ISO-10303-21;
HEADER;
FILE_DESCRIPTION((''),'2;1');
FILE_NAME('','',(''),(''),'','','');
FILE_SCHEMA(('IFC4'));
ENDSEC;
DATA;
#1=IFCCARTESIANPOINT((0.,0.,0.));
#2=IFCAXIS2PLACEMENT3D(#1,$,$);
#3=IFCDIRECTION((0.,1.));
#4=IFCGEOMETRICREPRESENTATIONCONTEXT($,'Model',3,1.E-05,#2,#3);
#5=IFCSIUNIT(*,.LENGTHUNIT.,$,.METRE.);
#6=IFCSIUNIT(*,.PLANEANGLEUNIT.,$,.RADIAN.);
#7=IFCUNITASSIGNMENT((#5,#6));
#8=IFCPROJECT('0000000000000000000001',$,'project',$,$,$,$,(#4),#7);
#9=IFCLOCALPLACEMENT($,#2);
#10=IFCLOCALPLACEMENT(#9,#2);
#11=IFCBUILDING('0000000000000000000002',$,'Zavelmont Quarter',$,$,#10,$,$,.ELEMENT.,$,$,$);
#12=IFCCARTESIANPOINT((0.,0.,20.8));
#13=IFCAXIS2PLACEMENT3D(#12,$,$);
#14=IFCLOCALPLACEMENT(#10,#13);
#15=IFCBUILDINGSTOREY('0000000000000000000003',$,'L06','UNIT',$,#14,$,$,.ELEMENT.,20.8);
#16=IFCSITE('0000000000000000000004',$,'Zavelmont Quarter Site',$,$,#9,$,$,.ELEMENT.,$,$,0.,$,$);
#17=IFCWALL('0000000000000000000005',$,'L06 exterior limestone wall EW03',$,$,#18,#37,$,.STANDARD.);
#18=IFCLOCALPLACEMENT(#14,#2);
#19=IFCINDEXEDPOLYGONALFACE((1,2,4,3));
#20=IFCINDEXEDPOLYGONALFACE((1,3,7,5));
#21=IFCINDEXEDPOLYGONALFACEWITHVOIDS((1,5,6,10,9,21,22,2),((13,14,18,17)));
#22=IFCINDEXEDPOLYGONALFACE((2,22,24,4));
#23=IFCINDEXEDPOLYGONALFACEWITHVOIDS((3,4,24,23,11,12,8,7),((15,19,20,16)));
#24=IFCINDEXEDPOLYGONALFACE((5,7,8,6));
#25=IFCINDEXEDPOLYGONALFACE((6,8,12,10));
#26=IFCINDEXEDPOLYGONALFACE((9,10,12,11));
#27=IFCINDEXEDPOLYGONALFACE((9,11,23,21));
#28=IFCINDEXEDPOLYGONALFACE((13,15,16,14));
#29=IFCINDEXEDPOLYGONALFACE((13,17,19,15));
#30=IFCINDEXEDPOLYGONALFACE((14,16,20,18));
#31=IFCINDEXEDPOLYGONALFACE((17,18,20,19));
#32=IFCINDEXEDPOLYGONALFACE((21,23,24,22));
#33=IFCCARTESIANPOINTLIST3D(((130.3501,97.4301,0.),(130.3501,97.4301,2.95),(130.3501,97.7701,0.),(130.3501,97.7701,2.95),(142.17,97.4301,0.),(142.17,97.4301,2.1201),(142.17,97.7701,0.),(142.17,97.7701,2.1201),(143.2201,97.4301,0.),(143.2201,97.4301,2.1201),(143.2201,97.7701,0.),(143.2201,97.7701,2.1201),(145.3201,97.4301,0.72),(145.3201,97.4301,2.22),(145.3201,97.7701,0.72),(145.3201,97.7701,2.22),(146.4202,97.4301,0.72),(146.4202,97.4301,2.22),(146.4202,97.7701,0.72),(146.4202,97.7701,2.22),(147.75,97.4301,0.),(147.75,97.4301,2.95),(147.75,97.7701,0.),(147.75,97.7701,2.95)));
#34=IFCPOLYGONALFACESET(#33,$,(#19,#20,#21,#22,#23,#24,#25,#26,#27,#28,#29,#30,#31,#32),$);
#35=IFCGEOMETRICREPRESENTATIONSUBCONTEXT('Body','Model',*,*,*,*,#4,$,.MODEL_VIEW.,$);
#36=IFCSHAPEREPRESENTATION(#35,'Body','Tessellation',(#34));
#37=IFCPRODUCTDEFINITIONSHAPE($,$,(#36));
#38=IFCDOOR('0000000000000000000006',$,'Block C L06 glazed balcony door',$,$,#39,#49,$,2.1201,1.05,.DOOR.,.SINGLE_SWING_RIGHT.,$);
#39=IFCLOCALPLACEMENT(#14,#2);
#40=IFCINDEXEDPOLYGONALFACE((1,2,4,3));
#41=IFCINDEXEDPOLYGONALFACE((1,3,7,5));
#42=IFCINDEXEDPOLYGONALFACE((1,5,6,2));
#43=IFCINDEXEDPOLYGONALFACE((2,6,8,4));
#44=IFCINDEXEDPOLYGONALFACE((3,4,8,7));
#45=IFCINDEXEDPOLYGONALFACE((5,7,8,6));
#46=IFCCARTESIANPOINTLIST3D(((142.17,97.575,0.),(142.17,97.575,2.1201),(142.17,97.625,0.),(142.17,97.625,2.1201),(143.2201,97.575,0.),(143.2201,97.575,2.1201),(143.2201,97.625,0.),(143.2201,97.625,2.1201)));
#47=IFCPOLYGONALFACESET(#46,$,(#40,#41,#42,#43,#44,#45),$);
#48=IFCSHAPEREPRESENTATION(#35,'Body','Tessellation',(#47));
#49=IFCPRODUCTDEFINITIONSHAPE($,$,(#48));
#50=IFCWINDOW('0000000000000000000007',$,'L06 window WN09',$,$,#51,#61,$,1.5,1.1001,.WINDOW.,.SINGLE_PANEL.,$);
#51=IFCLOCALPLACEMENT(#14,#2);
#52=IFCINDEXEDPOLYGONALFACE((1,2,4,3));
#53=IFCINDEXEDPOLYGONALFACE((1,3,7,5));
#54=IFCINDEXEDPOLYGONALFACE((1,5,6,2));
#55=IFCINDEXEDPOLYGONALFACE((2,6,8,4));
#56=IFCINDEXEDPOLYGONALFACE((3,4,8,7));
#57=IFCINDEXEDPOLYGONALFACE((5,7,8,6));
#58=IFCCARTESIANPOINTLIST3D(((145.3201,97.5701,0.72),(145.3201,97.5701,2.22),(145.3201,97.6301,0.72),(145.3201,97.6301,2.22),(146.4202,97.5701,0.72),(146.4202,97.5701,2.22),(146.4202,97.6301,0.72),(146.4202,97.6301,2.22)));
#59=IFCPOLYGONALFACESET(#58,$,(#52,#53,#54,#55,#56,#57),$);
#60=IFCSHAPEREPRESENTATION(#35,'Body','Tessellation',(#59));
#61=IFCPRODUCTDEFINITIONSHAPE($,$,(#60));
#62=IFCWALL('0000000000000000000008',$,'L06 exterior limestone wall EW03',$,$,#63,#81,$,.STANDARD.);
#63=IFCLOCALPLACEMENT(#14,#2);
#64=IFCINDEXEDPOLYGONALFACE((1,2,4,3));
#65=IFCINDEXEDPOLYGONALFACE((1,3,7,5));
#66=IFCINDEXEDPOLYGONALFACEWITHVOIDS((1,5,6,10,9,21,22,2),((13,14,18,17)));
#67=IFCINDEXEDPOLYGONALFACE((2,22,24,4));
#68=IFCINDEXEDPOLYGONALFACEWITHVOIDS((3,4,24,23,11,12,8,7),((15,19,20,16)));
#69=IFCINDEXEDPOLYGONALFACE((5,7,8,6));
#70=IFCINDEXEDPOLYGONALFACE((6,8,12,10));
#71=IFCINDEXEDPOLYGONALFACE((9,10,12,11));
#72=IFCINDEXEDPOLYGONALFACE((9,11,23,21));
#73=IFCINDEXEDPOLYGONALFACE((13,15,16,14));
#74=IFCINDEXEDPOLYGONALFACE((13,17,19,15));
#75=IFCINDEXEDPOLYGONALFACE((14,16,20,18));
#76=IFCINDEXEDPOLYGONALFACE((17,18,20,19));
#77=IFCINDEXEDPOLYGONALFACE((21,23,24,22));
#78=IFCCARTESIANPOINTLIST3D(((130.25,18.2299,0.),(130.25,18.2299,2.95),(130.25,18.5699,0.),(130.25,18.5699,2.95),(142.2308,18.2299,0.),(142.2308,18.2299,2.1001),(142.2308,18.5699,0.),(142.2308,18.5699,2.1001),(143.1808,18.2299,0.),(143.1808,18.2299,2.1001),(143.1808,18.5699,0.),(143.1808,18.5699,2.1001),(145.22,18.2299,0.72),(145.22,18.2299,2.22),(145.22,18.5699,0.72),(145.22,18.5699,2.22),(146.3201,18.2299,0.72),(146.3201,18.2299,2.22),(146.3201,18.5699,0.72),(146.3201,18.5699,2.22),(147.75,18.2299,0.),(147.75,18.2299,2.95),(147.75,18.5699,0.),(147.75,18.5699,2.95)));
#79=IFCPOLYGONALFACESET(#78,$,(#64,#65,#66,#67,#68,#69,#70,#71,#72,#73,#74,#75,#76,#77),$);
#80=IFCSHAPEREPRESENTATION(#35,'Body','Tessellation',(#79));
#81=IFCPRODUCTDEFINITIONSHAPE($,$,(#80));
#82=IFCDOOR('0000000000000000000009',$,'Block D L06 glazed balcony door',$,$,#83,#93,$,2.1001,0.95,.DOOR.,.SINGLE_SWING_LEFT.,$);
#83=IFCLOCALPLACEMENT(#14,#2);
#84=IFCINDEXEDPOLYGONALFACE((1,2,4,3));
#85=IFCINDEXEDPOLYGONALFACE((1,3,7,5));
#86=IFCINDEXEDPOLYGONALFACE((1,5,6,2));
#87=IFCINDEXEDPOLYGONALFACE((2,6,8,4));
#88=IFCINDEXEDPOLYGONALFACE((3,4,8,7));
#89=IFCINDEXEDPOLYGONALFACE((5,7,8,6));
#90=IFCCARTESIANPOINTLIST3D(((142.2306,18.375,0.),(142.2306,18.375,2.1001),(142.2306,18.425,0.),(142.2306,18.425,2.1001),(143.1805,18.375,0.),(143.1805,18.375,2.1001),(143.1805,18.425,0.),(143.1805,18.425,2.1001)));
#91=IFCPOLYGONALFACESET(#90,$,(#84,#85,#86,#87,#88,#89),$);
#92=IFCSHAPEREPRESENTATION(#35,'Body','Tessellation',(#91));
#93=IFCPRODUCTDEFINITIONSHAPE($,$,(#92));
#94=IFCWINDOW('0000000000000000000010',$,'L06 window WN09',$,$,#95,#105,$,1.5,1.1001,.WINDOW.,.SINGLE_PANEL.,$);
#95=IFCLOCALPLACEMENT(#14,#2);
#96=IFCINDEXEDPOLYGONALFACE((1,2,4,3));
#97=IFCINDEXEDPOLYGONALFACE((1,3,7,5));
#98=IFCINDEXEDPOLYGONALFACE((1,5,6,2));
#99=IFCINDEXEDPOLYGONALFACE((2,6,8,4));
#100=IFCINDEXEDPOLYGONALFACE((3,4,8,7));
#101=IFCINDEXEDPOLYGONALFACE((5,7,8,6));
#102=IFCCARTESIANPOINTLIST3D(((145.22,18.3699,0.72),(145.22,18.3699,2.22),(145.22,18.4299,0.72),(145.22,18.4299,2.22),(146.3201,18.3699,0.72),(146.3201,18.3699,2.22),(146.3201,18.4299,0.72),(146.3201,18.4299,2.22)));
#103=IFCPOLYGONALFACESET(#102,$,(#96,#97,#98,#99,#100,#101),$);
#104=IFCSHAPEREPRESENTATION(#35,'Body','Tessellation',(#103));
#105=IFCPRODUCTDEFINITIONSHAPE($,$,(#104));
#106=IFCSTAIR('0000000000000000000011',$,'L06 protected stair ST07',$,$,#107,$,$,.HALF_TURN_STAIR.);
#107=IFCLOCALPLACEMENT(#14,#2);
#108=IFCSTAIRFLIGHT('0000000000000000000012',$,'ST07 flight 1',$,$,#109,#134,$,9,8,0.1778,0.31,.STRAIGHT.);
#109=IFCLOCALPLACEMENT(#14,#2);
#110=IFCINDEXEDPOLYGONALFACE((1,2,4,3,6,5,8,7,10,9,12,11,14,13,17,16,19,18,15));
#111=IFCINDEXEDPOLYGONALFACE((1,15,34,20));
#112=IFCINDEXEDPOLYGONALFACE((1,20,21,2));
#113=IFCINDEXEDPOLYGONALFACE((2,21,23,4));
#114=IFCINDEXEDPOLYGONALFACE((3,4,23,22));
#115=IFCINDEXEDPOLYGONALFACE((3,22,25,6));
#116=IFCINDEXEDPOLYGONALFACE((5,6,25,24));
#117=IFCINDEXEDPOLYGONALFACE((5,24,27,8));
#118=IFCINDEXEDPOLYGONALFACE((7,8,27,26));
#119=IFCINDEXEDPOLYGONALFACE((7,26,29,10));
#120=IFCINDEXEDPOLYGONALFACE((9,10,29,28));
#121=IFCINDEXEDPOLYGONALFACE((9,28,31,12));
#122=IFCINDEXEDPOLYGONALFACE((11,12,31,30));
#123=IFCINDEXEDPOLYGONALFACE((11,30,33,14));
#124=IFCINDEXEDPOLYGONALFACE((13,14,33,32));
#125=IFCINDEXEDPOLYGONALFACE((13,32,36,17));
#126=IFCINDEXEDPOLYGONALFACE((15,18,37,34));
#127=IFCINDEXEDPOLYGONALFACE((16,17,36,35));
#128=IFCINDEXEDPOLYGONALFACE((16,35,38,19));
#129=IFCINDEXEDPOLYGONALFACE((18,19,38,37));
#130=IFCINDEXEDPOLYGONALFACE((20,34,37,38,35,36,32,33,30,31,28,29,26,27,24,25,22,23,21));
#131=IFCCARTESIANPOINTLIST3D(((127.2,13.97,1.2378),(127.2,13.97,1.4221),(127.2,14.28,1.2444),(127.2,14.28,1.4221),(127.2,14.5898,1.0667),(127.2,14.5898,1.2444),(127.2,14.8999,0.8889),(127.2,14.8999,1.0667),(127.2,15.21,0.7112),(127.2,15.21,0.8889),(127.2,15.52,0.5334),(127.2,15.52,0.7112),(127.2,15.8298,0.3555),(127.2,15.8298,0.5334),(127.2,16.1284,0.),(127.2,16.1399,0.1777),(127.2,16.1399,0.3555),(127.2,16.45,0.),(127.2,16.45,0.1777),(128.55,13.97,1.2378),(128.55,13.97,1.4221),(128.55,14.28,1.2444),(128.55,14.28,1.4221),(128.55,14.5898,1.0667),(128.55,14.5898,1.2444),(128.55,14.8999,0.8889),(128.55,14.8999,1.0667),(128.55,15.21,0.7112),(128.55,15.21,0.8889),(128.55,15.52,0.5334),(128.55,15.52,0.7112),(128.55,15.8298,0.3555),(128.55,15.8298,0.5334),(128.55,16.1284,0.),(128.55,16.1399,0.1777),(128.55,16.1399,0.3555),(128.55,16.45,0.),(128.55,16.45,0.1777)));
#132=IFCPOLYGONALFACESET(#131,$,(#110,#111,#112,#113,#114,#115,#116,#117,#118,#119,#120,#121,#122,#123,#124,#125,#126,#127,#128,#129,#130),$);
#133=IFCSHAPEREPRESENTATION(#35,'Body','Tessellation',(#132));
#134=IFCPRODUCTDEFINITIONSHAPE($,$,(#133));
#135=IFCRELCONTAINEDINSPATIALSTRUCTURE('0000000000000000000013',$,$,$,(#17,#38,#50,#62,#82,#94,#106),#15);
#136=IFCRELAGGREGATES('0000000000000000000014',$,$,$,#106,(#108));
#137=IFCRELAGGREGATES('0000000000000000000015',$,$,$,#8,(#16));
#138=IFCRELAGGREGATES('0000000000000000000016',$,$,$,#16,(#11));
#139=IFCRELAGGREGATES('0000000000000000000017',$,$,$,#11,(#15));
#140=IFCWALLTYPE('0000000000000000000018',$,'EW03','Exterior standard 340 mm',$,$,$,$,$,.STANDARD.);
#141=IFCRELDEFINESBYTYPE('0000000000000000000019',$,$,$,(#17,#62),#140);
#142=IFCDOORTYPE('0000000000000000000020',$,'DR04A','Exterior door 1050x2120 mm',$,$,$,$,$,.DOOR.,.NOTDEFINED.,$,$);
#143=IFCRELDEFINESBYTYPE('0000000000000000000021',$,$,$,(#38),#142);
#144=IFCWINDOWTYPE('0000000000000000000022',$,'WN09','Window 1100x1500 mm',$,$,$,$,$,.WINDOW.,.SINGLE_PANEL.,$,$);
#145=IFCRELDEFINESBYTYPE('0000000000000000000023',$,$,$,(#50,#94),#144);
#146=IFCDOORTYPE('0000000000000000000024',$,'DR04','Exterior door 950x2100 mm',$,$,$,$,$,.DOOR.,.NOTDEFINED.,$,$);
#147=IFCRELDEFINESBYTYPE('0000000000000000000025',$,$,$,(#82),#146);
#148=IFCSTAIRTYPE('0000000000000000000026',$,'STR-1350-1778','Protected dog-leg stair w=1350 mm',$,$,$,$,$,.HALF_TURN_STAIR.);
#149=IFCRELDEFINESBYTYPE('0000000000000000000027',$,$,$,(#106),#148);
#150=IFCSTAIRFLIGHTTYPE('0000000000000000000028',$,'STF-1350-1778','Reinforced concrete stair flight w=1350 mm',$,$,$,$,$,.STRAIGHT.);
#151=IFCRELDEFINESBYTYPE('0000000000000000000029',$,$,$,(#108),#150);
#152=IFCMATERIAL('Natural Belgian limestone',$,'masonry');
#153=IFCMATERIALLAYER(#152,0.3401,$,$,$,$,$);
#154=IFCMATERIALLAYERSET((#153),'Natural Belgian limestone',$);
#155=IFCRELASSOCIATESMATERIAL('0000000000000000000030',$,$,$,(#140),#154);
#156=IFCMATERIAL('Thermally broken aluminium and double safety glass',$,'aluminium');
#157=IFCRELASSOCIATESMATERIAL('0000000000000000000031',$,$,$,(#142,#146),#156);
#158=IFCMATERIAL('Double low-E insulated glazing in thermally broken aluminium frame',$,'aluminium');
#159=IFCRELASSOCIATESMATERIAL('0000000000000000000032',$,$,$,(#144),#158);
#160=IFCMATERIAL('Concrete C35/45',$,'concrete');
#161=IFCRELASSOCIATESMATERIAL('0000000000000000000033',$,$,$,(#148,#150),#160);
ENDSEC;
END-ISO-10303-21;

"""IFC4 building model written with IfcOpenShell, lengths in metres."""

from ifc_helpers import new_model, si_unit, direction, frame, frame_2d, origin, origin_with_axes, place, context, subcontext, project, spatial, polyline, rectangle, outline, extrude, material, layer, layer_set, type_object, element, fill, aggregate, save


model = new_model("IFC4")

# Units and contexts
model_context = context("Model", 3, precision=1e-05, world=origin(), true_north=direction((0.0, 1.0)))
body_context = subcontext(model_context, "Body", "Model", "MODEL_VIEW")
ifc_project = project(units=[si_unit("LENGTHUNIT", "METRE"), si_unit("PLANEANGLEUNIT", "RADIAN")], contexts=[model_context])

# Site, building, storey
site_placement = place(None, origin())
site = spatial("IfcSite", under=ifc_project, at=site_placement, Name="Zavelmont Quarter Site", CompositionType="ELEMENT", RefElevation=0.0)
building_placement = place(site_placement, origin())
building = spatial("IfcBuilding", under=site, at=building_placement, Name="Zavelmont Quarter", CompositionType="ELEMENT")
storey_placement = place(building_placement, frame((0.0, 0.0, 20.8)))
storey = spatial("IfcBuildingStorey", under=building, at=storey_placement, Name="L06", Description="UNIT", CompositionType="ELEMENT", Elevation=20.8)

# Shared definitions
ifc_material_1 = material(Name="Concrete C35/45", Category="concrete")

# Walls, openings, doors, windows
ifc_material_2 = material(Name="Natural Belgian limestone", Category="masonry")
ifc_layer_1 = layer(ifc_material_2, 0.3401)
ifc_layer_set_1 = layer_set([ifc_layer_1], Name="Natural Belgian limestone")
wall_type_1 = type_object("IfcWallType", Name="EW03", Description="Exterior standard 340 mm", PredefinedType="STANDARD", material=ifc_layer_set_1)
wall_1_placement = place(storey_placement, frame((130.3501, 97.6001, 0.0), z_axis=(0.0, 0.0, 1.0), x_axis=(1.0, 0.0, 0.0)))
wall_1 = element("IfcWall", 1, at=wall_1_placement, inside=storey, type_object=wall_type_1, Name="L06 exterior limestone wall EW03", PredefinedType="STANDARD", context=body_context, shape_type="SweptSolid", body=[
    extrude(rectangle(XDim=17.3999, YDim=0.3401, at=frame_2d((8.7, 0.0))), origin(), (0.0, 0.0, 1.0), 2.95),
])
opening_1_placement = place(wall_1_placement, frame((11.8201, 0.0, 0.0)))
opening_1 = element("IfcOpeningElement", 2, at=opening_1_placement, cuts=wall_1, PredefinedType="OPENING", context=body_context, shape_type="SweptSolid", body=[
    extrude(rectangle(XDim=1.05, YDim=2.1201, at=frame_2d((0.5249, 1.0601))), frame((0.0, 0.1821, 0.0), z_axis=(0.0, -1.0, 0.0), x_axis=(1.0, 0.0, 0.0)), (0.0, 0.0, 1.0), 0.364),
])
opening_2_placement = place(wall_1_placement, frame((14.97, 0.0, 0.72)))
opening_2 = element("IfcOpeningElement", 3, at=opening_2_placement, cuts=wall_1, PredefinedType="OPENING", context=body_context, shape_type="SweptSolid", body=[
    extrude(rectangle(XDim=1.1001, YDim=1.5, at=frame_2d((0.55, 0.75))), frame((0.0, 0.1821, 0.0), z_axis=(0.0, -1.0, 0.0), x_axis=(1.0, 0.0, 0.0)), (0.0, 0.0, 1.0), 0.364),
])
ifc_material_3 = material(Name="Thermally broken aluminium and double safety glass", Category="aluminium")
door_type_1 = type_object("IfcDoorType", Name="DR04A", Description="Exterior door 1050x2120 mm", OperationType="NOTDEFINED", PredefinedType="DOOR", material=ifc_material_3)
door_1_placement = place(opening_1_placement, origin_with_axes())
door_1 = element("IfcDoor", 4, at=door_1_placement, inside=storey, type_object=door_type_1, Name="Block C L06 glazed balcony door", OperationType="SINGLE_SWING_RIGHT", OverallHeight=2.1201, OverallWidth=1.05, PredefinedType="DOOR", context=body_context, shape_type="SweptSolid", body=[
    extrude(rectangle(XDim=1.05, YDim=2.1201, at=frame_2d((0.5249, 1.0601))), frame((0.0, 0.0249, 0.0), z_axis=(0.0, -1.0, 0.0), x_axis=(1.0, 0.0, 0.0)), (0.0, 0.0, 1.0), 0.05),
])
fill(opening_1, door_1)
ifc_material_4 = material(Name="Double low-E insulated glazing in thermally broken aluminium frame", Category="aluminium")
window_type = type_object("IfcWindowType", Name="WN09", Description="Window 1100x1500 mm", PartitioningType="SINGLE_PANEL", PredefinedType="WINDOW", material=ifc_material_4)
window_1_placement = place(opening_2_placement, origin_with_axes())
window_1 = element("IfcWindow", 5, at=window_1_placement, inside=storey, type_object=window_type, Name="L06 window WN09", OverallHeight=1.5, OverallWidth=1.1001, PartitioningType="SINGLE_PANEL", PredefinedType="WINDOW", context=body_context, shape_type="SweptSolid", body=[
    extrude(rectangle(XDim=1.1001, YDim=1.5, at=frame_2d((0.55, 0.75))), frame((0.0, 0.03, 0.0), z_axis=(0.0, -1.0, 0.0), x_axis=(1.0, 0.0, 0.0)), (0.0, 0.0, 1.0), 0.0601),
])
fill(opening_2, window_1)
wall_2_placement = place(storey_placement, frame((130.25, 18.3999, 0.0), z_axis=(0.0, 0.0, 1.0), x_axis=(1.0, 0.0, 0.0)))
wall_2 = element("IfcWall", 6, at=wall_2_placement, inside=storey, type_object=wall_type_1, Name="L06 exterior limestone wall EW03", PredefinedType="STANDARD", context=body_context, shape_type="SweptSolid", body=[
    extrude(rectangle(XDim=17.5, YDim=0.3401, at=frame_2d((8.75, 0.0))), origin(), (0.0, 0.0, 1.0), 2.95),
])
opening_3_placement = place(wall_2_placement, frame((11.9807, 0.0, 0.0)))
opening_3 = element("IfcOpeningElement", 7, at=opening_3_placement, cuts=wall_2, PredefinedType="OPENING", context=body_context, shape_type="SweptSolid", body=[
    extrude(rectangle(XDim=0.95, YDim=2.1001, at=frame_2d((0.4751, 1.05))), frame((0.0, 0.1821, 0.0), z_axis=(0.0, -1.0, 0.0), x_axis=(1.0, 0.0, 0.0)), (0.0, 0.0, 1.0), 0.364),
])
opening_4_placement = place(wall_2_placement, frame((14.97, 0.0, 0.72)))
opening_4 = element("IfcOpeningElement", 8, at=opening_4_placement, cuts=wall_2, PredefinedType="OPENING", context=body_context, shape_type="SweptSolid", body=[
    extrude(rectangle(XDim=1.1001, YDim=1.5, at=frame_2d((0.55, 0.75))), frame((0.0, 0.1821, 0.0), z_axis=(0.0, -1.0, 0.0), x_axis=(1.0, 0.0, 0.0)), (0.0, 0.0, 1.0), 0.364),
])
door_type_2 = type_object("IfcDoorType", Name="DR04", Description="Exterior door 950x2100 mm", OperationType="NOTDEFINED", PredefinedType="DOOR", material=ifc_material_3)
door_2_placement = place(opening_3_placement, frame((0.95, 0.0, 0.0), z_axis=(0.0, 0.0, 1.0), x_axis=(-1.0, 0.0, 0.0)))
door_2 = element("IfcDoor", 9, at=door_2_placement, inside=storey, type_object=door_type_2, Name="Block D L06 glazed balcony door", OperationType="SINGLE_SWING_LEFT", OverallHeight=2.1001, OverallWidth=0.95, PredefinedType="DOOR", context=body_context, shape_type="SweptSolid", body=[
    extrude(rectangle(XDim=0.95, YDim=2.1001, at=frame_2d((0.4751, 1.05))), frame((0.0, 0.0249, 0.0), z_axis=(0.0, -1.0, 0.0), x_axis=(1.0, 0.0, 0.0)), (0.0, 0.0, 1.0), 0.05),
])
fill(opening_3, door_2)
window_2_placement = place(opening_4_placement, origin_with_axes())
window_2 = element("IfcWindow", 10, at=window_2_placement, inside=storey, type_object=window_type, Name="L06 window WN09", OverallHeight=1.5, OverallWidth=1.1001, PartitioningType="SINGLE_PANEL", PredefinedType="WINDOW", context=body_context, shape_type="SweptSolid", body=[
    extrude(rectangle(XDim=1.1001, YDim=1.5, at=frame_2d((0.55, 0.75))), frame((0.0, 0.03, 0.0), z_axis=(0.0, -1.0, 0.0), x_axis=(1.0, 0.0, 0.0)), (0.0, 0.0, 1.0), 0.0601),
])
fill(opening_4, window_2)

# Stair, stair flight
stair_type = type_object("IfcStairType", Name="STR-1350-1778", Description="Protected dog-leg stair w=1350 mm", PredefinedType="HALF_TURN_STAIR", material=ifc_material_1)
stair_placement = place(storey_placement, origin())
stair = element("IfcStair", 11, at=stair_placement, inside=storey, type_object=stair_type, Name="L06 protected stair ST07", PredefinedType="HALF_TURN_STAIR")
stair_flight_type = type_object("IfcStairFlightType", Name="STF-1350-1778", Description="Reinforced concrete stair flight w=1350 mm", PredefinedType="STRAIGHT", material=ifc_material_1)
stair_flight_placement = place(storey_placement, frame((127.875, 16.45, 0.0), z_axis=(0.0, 0.0, 1.0), x_axis=(0.0, -1.0, 0.0)))
stair_flight = element("IfcStairFlight", 12, at=stair_flight_placement, type_object=stair_flight_type, Name="ST07 flight 1", NumberOfRisers=9, NumberOfTreads=8, PredefinedType="STRAIGHT", RiserHeight=0.1778, TreadLength=0.31, context=body_context, shape_type="SweptSolid", body=[
    extrude(outline(polyline([(0.0, 0.0), (0.0, 0.1777), (0.3101, 0.1777), (0.3101, 0.3555), (0.6201, 0.3555), (0.6201, 0.5334), (0.9299, 0.5334), (0.9299, 0.7112), (1.24, 0.7112), (1.24, 0.8889), (1.55, 0.8889), (1.55, 1.0667), (1.8601, 1.0667), (1.8601, 1.2444), (2.1699, 1.2444), (2.1699, 1.4221), (2.48, 1.4221), (2.48, 1.6001), (2.48, 1.2378), (0.3215, 0.0), (0.0, 0.0)])), frame((0.0, 0.675, 0.0), z_axis=(0.0, -1.0, 0.0), x_axis=(1.0, 0.0, 0.0)), (0.0, 0.0, 1.0), 1.3501),
])
aggregate(stair, [stair_flight])

save(model, "model.ifc")
